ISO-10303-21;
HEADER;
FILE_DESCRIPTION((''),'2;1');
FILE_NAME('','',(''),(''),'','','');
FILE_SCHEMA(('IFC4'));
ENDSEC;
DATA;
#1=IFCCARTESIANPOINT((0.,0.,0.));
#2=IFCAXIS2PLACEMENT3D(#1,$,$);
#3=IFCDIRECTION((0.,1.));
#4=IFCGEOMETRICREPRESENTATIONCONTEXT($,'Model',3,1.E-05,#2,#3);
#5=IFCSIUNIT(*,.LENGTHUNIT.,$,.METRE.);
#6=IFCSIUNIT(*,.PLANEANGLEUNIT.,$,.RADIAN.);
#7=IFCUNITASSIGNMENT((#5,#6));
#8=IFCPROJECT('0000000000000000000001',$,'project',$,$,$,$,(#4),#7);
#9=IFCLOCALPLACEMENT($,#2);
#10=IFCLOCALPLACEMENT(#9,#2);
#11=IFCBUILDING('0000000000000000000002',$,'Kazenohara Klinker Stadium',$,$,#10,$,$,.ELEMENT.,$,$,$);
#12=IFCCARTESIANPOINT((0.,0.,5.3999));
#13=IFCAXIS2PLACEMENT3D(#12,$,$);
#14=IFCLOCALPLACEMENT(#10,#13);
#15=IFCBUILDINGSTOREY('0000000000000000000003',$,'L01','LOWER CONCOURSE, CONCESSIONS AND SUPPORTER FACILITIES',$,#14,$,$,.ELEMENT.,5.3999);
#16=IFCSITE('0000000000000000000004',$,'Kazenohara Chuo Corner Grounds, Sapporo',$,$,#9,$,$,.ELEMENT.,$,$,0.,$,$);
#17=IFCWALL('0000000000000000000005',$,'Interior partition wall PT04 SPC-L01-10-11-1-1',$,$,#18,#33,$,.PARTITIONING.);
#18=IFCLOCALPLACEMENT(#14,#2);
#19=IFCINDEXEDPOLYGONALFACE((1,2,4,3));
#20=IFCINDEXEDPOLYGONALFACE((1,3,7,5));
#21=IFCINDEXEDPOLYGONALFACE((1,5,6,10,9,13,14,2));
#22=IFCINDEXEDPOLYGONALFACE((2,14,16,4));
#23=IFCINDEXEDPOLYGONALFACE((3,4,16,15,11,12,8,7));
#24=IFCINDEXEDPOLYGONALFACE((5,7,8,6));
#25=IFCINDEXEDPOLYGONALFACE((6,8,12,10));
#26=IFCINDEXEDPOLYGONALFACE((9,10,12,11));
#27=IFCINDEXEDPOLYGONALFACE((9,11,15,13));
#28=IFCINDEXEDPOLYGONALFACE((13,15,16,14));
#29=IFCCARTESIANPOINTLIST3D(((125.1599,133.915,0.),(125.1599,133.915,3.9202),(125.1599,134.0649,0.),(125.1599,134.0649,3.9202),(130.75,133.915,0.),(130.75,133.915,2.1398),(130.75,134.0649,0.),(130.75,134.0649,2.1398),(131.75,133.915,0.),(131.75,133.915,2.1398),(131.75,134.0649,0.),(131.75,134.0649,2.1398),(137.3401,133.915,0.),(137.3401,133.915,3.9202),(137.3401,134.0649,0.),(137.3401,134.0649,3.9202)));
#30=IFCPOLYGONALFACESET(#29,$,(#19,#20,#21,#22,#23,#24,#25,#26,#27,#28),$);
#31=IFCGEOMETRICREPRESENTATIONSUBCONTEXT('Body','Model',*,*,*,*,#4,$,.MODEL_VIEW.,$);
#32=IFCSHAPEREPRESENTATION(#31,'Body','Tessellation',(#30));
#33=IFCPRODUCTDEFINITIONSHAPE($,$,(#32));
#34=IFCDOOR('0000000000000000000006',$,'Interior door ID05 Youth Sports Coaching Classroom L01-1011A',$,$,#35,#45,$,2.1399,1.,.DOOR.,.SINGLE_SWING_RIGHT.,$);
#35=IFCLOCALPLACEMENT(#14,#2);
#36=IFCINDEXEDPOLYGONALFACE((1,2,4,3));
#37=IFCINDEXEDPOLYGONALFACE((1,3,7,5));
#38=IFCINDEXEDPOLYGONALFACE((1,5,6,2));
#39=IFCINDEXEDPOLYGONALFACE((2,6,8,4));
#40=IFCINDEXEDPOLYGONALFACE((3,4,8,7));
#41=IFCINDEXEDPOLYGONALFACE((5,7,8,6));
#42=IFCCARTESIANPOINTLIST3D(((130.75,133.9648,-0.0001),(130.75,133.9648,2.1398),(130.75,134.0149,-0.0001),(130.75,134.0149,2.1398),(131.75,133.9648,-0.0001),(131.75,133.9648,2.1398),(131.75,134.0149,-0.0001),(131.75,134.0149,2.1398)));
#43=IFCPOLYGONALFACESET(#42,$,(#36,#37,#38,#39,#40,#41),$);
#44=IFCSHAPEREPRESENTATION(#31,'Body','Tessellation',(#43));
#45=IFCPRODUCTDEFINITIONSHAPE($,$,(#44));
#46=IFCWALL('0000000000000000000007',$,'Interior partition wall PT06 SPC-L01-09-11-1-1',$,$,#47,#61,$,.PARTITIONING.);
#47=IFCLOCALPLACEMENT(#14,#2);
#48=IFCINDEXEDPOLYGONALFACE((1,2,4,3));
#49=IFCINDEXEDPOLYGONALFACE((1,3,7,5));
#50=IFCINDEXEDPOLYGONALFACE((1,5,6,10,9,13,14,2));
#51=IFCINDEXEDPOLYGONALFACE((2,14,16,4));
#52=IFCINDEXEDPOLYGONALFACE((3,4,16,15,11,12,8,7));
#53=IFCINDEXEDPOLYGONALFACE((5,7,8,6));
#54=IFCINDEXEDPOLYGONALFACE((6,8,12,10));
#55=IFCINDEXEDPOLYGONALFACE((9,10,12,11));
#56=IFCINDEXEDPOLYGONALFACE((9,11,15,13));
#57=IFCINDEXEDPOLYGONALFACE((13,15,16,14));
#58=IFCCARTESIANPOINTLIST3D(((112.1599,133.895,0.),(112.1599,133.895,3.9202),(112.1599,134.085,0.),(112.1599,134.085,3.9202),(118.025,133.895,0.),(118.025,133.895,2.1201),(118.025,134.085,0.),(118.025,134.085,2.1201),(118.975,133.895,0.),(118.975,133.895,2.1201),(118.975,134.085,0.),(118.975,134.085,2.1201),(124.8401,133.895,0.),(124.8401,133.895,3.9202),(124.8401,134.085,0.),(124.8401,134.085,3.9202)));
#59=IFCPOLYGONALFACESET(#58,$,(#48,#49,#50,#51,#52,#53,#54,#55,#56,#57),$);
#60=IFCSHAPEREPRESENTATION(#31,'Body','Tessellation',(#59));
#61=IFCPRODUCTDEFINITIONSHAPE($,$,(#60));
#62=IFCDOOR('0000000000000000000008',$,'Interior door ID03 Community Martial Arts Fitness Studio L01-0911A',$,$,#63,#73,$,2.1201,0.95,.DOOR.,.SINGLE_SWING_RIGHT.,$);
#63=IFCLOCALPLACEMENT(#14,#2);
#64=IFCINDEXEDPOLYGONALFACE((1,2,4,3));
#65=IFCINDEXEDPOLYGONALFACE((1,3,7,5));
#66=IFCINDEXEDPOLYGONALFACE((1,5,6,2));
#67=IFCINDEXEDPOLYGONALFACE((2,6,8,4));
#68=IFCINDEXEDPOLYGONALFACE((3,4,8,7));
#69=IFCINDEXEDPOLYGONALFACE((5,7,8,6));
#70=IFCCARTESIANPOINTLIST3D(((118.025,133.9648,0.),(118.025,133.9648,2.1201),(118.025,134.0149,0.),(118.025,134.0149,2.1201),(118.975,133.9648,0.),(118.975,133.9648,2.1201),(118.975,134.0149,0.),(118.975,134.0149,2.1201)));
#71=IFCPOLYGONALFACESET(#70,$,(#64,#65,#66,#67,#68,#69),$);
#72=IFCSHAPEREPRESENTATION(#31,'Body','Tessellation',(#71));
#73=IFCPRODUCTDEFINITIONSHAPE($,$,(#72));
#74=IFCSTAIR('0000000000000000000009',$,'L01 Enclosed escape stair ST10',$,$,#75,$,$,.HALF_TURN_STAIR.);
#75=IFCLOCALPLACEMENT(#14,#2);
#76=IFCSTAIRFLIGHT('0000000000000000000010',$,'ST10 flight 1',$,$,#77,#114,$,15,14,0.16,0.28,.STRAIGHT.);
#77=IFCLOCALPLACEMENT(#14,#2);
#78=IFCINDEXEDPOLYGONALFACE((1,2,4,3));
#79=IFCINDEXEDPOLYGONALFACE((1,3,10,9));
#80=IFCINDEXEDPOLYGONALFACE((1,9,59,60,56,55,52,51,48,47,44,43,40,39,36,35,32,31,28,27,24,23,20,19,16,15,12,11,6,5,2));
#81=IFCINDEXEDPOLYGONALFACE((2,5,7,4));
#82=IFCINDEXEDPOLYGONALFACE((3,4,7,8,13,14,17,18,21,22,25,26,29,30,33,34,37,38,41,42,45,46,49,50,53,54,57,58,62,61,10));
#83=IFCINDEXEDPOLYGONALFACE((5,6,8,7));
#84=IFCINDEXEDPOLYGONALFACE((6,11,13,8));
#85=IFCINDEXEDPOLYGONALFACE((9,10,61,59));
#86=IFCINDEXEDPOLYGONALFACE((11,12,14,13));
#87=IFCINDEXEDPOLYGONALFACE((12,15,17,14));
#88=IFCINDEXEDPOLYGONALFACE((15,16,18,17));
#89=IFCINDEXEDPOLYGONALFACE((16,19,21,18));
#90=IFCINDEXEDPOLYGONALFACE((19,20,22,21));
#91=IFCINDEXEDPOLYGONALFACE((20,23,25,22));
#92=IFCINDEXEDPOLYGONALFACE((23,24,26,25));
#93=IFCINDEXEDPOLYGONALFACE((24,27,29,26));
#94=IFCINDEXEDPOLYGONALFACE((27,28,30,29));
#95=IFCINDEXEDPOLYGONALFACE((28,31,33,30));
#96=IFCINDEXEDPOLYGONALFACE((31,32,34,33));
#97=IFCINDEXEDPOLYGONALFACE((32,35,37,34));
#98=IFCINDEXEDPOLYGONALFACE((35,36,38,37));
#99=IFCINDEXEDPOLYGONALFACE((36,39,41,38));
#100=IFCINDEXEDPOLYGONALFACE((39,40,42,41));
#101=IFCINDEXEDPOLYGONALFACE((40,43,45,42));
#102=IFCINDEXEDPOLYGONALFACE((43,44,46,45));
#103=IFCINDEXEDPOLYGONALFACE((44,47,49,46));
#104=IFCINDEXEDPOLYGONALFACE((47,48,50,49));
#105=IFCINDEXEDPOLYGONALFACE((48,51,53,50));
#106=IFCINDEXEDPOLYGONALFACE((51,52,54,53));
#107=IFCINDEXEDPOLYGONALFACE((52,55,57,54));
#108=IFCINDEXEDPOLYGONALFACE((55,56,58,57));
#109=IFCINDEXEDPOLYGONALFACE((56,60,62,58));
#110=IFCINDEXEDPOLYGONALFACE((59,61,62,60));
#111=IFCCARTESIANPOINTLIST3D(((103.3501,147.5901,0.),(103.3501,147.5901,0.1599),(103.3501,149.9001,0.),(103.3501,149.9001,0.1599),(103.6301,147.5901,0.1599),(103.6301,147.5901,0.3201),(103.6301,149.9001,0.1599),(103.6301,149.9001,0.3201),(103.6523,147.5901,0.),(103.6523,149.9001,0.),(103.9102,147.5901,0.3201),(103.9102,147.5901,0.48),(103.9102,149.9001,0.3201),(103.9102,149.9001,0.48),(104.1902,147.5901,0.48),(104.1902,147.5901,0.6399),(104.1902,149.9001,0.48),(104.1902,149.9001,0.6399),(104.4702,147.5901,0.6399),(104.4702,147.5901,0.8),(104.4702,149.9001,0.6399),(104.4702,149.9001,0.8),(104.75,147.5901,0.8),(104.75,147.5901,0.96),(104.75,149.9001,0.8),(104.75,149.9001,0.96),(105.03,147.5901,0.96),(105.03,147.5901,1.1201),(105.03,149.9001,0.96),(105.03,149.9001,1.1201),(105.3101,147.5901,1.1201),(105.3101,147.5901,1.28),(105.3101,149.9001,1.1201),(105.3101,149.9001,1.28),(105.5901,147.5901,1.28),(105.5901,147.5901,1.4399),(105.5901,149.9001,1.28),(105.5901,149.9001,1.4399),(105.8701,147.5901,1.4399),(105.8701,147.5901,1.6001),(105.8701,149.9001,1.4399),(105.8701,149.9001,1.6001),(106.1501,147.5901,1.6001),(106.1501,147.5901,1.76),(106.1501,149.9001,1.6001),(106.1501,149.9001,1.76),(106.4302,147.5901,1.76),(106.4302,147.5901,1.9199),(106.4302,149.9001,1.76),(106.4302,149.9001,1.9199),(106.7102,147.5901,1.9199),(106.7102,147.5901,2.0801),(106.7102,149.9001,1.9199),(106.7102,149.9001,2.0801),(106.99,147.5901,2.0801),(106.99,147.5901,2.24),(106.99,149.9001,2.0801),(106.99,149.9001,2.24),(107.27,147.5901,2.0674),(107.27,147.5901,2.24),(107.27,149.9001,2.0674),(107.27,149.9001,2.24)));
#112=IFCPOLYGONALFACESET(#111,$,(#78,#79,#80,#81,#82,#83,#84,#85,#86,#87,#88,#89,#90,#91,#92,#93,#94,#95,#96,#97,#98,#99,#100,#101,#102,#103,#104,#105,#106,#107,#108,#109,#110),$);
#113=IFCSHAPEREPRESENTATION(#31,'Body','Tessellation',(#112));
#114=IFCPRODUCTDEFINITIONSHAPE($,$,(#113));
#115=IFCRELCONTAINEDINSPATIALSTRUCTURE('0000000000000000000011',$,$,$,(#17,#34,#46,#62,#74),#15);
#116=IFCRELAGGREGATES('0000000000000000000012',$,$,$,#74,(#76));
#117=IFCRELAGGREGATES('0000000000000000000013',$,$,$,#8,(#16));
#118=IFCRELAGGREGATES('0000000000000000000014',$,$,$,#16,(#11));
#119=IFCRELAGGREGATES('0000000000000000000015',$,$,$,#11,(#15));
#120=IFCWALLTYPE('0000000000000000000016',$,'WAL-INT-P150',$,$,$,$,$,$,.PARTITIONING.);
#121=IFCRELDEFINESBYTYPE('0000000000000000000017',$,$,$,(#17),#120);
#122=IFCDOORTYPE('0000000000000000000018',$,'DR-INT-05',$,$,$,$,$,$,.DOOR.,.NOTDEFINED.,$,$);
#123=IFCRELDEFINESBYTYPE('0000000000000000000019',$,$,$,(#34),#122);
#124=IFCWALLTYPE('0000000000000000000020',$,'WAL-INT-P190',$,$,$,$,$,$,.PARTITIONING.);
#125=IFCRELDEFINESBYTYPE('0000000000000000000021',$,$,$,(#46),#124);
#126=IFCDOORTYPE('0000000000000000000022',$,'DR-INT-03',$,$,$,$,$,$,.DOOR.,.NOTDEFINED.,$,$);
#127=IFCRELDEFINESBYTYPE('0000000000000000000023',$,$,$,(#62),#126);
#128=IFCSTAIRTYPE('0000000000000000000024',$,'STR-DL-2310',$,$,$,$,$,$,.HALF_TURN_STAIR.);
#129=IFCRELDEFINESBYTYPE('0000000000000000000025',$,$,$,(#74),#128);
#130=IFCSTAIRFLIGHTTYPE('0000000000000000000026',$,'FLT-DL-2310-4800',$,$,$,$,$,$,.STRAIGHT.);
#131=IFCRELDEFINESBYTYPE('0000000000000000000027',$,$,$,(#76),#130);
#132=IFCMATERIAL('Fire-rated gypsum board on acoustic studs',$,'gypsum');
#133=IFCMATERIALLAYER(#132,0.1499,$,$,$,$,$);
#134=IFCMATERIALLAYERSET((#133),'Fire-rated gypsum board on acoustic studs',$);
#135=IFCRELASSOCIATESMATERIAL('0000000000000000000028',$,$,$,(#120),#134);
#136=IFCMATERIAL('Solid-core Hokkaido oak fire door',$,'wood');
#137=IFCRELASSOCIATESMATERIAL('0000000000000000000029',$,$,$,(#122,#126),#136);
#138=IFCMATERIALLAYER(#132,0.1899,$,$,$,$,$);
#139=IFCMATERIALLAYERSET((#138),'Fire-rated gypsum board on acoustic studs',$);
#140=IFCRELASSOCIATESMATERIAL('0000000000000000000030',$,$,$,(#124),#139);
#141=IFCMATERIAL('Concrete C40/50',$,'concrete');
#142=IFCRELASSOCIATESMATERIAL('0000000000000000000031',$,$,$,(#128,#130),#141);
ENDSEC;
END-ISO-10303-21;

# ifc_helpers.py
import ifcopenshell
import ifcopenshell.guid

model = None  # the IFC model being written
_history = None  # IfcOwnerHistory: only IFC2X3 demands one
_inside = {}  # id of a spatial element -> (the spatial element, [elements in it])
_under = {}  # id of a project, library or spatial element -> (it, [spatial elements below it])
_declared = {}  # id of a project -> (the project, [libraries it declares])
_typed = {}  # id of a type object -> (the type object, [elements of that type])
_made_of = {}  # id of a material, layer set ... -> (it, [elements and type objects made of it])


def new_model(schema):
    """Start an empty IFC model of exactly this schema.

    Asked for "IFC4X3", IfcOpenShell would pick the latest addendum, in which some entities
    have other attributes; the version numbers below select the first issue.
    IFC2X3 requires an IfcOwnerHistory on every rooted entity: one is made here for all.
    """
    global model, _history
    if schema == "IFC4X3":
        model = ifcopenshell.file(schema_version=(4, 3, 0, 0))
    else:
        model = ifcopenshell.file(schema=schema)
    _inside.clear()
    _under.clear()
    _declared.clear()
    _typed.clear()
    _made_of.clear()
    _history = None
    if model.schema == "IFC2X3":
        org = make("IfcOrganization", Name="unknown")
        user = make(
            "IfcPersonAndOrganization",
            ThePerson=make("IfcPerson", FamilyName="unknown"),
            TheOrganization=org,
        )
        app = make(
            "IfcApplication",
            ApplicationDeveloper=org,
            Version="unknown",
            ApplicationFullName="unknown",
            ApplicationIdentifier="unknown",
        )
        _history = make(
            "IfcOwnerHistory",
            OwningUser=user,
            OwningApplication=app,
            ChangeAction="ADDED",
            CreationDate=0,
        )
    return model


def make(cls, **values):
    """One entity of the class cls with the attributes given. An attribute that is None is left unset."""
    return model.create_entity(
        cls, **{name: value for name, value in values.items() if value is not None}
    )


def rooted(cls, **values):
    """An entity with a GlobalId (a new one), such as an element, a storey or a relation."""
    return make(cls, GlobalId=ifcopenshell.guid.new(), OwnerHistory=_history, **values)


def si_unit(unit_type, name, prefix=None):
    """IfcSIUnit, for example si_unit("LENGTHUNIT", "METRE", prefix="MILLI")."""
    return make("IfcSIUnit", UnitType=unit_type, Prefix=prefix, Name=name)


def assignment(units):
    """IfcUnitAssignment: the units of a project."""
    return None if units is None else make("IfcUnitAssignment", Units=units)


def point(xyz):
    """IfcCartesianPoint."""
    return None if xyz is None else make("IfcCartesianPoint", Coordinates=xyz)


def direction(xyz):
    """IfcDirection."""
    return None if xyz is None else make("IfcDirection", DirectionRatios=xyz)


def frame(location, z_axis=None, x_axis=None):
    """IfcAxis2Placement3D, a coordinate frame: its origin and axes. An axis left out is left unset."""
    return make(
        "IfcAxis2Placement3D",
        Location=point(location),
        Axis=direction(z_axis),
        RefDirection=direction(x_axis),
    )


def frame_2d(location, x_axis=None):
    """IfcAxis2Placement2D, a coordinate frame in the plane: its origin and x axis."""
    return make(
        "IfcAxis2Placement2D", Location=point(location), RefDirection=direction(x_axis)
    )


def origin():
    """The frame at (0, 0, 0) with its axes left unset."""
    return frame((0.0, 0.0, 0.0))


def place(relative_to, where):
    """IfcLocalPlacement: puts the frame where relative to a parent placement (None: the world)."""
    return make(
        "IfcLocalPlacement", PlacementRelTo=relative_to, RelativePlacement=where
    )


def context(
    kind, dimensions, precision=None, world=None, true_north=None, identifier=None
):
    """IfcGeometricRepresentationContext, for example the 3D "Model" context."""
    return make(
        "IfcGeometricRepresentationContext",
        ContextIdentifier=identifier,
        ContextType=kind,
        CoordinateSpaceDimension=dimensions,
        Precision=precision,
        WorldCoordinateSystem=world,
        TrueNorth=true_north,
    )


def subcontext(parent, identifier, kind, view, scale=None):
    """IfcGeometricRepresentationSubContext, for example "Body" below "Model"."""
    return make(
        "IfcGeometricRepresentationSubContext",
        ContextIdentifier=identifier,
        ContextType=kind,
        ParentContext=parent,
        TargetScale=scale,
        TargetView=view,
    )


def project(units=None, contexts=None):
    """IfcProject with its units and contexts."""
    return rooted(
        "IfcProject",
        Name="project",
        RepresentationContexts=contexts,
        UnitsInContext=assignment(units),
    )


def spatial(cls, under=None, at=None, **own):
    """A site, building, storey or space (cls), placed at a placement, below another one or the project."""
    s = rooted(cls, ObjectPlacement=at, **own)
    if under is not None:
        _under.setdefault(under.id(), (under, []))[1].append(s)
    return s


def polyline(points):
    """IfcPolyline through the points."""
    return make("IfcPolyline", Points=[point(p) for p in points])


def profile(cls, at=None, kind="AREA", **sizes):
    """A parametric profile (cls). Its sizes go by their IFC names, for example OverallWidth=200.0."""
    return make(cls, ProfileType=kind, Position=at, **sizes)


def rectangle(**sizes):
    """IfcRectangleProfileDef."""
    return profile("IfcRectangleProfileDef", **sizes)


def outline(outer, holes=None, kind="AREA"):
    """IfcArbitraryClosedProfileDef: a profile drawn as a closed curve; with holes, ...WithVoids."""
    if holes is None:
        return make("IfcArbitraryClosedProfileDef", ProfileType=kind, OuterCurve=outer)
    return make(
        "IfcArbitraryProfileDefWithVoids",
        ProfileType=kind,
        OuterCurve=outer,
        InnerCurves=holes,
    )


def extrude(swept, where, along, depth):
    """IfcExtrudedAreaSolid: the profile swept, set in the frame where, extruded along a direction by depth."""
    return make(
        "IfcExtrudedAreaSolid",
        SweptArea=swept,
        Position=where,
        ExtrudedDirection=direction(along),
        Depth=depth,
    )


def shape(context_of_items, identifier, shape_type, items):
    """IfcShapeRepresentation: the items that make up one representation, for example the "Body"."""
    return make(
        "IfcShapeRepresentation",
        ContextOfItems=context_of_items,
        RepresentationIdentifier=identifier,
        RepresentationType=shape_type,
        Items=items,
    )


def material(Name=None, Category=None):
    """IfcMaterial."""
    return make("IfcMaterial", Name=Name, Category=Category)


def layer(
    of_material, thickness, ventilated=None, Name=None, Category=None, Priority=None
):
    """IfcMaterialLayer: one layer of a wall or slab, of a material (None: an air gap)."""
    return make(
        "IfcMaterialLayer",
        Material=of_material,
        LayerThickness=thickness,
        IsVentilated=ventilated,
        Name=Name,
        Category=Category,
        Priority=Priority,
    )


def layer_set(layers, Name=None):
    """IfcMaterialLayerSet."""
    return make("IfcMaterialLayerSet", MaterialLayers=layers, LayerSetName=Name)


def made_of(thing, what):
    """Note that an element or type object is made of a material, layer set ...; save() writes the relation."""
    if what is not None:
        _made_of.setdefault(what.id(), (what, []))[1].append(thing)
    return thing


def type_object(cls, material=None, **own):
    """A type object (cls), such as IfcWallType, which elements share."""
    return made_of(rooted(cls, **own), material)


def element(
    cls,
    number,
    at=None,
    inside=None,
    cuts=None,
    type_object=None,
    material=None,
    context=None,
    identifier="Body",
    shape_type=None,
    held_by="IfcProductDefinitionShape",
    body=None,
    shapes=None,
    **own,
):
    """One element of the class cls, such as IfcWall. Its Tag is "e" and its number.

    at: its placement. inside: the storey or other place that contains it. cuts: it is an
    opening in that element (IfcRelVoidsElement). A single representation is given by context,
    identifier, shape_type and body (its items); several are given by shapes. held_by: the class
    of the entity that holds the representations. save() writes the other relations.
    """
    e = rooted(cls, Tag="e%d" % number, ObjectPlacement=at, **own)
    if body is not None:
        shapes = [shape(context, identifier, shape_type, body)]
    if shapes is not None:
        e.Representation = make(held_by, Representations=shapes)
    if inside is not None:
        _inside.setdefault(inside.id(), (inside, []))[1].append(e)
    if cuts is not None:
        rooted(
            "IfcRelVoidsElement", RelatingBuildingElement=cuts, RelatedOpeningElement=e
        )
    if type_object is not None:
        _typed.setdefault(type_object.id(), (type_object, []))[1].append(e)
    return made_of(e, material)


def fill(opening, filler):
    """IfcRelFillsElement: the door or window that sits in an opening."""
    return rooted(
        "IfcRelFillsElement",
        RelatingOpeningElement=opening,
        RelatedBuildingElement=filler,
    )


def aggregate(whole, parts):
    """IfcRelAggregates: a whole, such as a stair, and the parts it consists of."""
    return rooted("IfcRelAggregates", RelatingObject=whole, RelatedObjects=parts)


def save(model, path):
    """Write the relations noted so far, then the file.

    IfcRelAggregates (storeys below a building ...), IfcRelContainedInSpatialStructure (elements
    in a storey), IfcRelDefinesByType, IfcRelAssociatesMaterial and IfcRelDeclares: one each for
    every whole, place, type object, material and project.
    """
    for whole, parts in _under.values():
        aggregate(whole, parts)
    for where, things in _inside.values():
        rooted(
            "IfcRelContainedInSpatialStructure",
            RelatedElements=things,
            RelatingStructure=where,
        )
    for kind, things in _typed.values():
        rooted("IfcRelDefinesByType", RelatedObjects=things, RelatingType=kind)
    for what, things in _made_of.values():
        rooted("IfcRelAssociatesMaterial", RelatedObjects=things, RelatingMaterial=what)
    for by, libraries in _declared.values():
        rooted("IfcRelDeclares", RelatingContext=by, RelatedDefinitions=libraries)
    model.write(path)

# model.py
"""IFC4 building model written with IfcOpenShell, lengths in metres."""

from ifc_helpers import new_model, si_unit, direction, frame, frame_2d, origin, place, context, subcontext, project, spatial, polyline, rectangle, outline, extrude, material, layer, layer_set, type_object, element, fill, aggregate, save


model = new_model("IFC4")

# Units and contexts
model_context = context("Model", 3, precision=1e-05, world=origin(), true_north=direction((0.0, 1.0)))
body_context = subcontext(model_context, "Body", "Model", "MODEL_VIEW")
ifc_project = project(units=[si_unit("LENGTHUNIT", "METRE"), si_unit("PLANEANGLEUNIT", "RADIAN")], contexts=[model_context])

# Site, building, storey
site_placement = place(None, origin())
site = spatial("IfcSite", under=ifc_project, at=site_placement, Name="Kazenohara Chuo Corner Grounds, Sapporo", CompositionType="ELEMENT", RefElevation=0.0)
building_placement = place(site_placement, origin())
building = spatial("IfcBuilding", under=site, at=building_placement, Name="Kazenohara Klinker Stadium", CompositionType="ELEMENT")
storey_placement = place(building_placement, frame((0.0, 0.0, 5.3999)))
storey = spatial("IfcBuildingStorey", under=building, at=storey_placement, Name="L01", Description="LOWER CONCOURSE, CONCESSIONS AND SUPPORTER FACILITIES", CompositionType="ELEMENT", Elevation=5.3999)

# Shared definitions
ifc_material_1 = material(Name="Concrete C40/50", Category="concrete")

# Walls, openings, doors
ifc_material_2 = material(Name="Fire-rated gypsum board on acoustic studs", Category="gypsum")
ifc_layer_1 = layer(ifc_material_2, 0.1499)
ifc_layer_set_1 = layer_set([ifc_layer_1], Name="Fire-rated gypsum board on acoustic studs")
wall_type_1 = type_object("IfcWallType", Name="WAL-INT-P150", PredefinedType="PARTITIONING", material=ifc_layer_set_1)
wall_1_placement = place(storey_placement, frame((125.1599, 133.99, 0.0), z_axis=(0.0, 0.0, 1.0), x_axis=(1.0, 0.0, 0.0)))
wall_1 = element("IfcWall", 1, at=wall_1_placement, inside=storey, type_object=wall_type_1, Name="Interior partition wall PT04 SPC-L01-10-11-1-1", PredefinedType="PARTITIONING", context=body_context, shape_type="SweptSolid", body=[
    extrude(rectangle(XDim=12.1802, YDim=0.1499, at=frame_2d((6.0901, 0.0))), origin(), (0.0, 0.0, 1.0), 3.9202),
])
opening_1_placement = place(wall_1_placement, frame((5.5901, 0.0, 0.0)))
opening_1 = element("IfcOpeningElement", 2, at=opening_1_placement, cuts=wall_1, PredefinedType="OPENING", context=body_context, shape_type="SweptSolid", body=[
    extrude(rectangle(XDim=1.0, YDim=2.1399, at=frame_2d((0.5, 1.0698))), frame((0.0, 0.085, 0.0), z_axis=(0.0, -1.0, 0.0), x_axis=(1.0, 0.0, 0.0)), (0.0, 0.0, 1.0), 0.1699),
])
ifc_material_3 = material(Name="Solid-core Hokkaido oak fire door", Category="wood")
door_type_1 = type_object("IfcDoorType", Name="DR-INT-05", OperationType="NOTDEFINED", PredefinedType="DOOR", material=ifc_material_3)
door_1_placement = place(opening_1_placement, origin())
door_1 = element("IfcDoor", 3, at=door_1_placement, inside=storey, type_object=door_type_1, Name="Interior door ID05 Youth Sports Coaching Classroom L01-1011A", OperationType="SINGLE_SWING_RIGHT", OverallHeight=2.1399, OverallWidth=1.0, PredefinedType="DOOR", context=body_context, shape_type="SweptSolid", body=[
    extrude(rectangle(XDim=1.0, YDim=2.1399, at=frame_2d((0.5, 1.0698))), frame((0.0, 0.0249, 0.0), z_axis=(0.0, -1.0, 0.0), x_axis=(1.0, 0.0, 0.0)), (0.0, 0.0, 1.0), 0.05),
])
fill(opening_1, door_1)
ifc_layer_2 = layer(ifc_material_2, 0.1899)
ifc_layer_set_2 = layer_set([ifc_layer_2], Name="Fire-rated gypsum board on acoustic studs")
wall_type_2 = type_object("IfcWallType", Name="WAL-INT-P190", PredefinedType="PARTITIONING", material=ifc_layer_set_2)
wall_2_placement = place(storey_placement, frame((112.1599, 133.99, 0.0), z_axis=(0.0, 0.0, 1.0), x_axis=(1.0, 0.0, 0.0)))
wall_2 = element("IfcWall", 4, at=wall_2_placement, inside=storey, type_object=wall_type_2, Name="Interior partition wall PT06 SPC-L01-09-11-1-1", PredefinedType="PARTITIONING", context=body_context, shape_type="SweptSolid", body=[
    extrude(rectangle(XDim=12.6802, YDim=0.1899, at=frame_2d((6.3401, 0.0))), origin(), (0.0, 0.0, 1.0), 3.9202),
])
opening_2_placement = place(wall_2_placement, frame((5.865, 0.0, 0.0)))
opening_2 = element("IfcOpeningElement", 5, at=opening_2_placement, cuts=wall_2, PredefinedType="OPENING", context=body_context, shape_type="SweptSolid", body=[
    extrude(rectangle(XDim=0.95, YDim=2.1201, at=frame_2d((0.4751, 1.0601))), frame((0.0, 0.105, 0.0), z_axis=(0.0, -1.0, 0.0), x_axis=(1.0, 0.0, 0.0)), (0.0, 0.0, 1.0), 0.21),
])
door_type_2 = type_object("IfcDoorType", Name="DR-INT-03", OperationType="NOTDEFINED", PredefinedType="DOOR", material=ifc_material_3)
door_2_placement = place(opening_2_placement, origin())
door_2 = element("IfcDoor", 6, at=door_2_placement, inside=storey, type_object=door_type_2, Name="Interior door ID03 Community Martial Arts Fitness Studio L01-0911A", OperationType="SINGLE_SWING_RIGHT", OverallHeight=2.1201, OverallWidth=0.95, PredefinedType="DOOR", context=body_context, shape_type="SweptSolid", body=[
    extrude(rectangle(XDim=0.95, YDim=2.1201, at=frame_2d((0.4751, 1.0601))), frame((0.0, 0.0249, 0.0), z_axis=(0.0, -1.0, 0.0), x_axis=(1.0, 0.0, 0.0)), (0.0, 0.0, 1.0), 0.05),
])
fill(opening_2, door_2)

# Stair, stair flight
stair_type = type_object("IfcStairType", Name="STR-DL-2310", PredefinedType="HALF_TURN_STAIR", material=ifc_material_1)
stair_placement = place(storey_placement, origin())
stair = element("IfcStair", 7, at=stair_placement, inside=storey, type_object=stair_type, Name="L01 Enclosed escape stair ST10", PredefinedType="HALF_TURN_STAIR")
stair_flight_type = type_object("IfcStairFlightType", Name="FLT-DL-2310-4800", PredefinedType="STRAIGHT", material=ifc_material_1)
stair_flight_placement = place(storey_placement, frame((103.3501, 148.7451, 0.0), z_axis=(0.0, 0.0, 1.0), x_axis=(1.0, 0.0, 0.0)))
stair_flight = element("IfcStairFlight", 8, at=stair_flight_placement, type_object=stair_flight_type, Name="ST10 flight 1", NumberOfRisers=15, NumberOfTreads=14, PredefinedType="STRAIGHT", RiserHeight=0.16, TreadLength=0.28, context=body_context, shape_type="SweptSolid", body=[
    extrude(outline(polyline([(0.0, 0.0), (0.0, 0.1599), (0.28, 0.1599), (0.28, 0.3201), (0.5601, 0.3201), (0.5601, 0.48), (0.8401, 0.48), (0.8401, 0.6399), (1.1201, 0.6399), (1.1201, 0.8), (1.3999, 0.8), (1.3999, 0.96), (1.6799, 0.96), (1.6799, 1.1201), (1.96, 1.1201), (1.96, 1.28), (2.24, 1.28), (2.24, 1.4399), (2.52, 1.4399), (2.52, 1.6001), (2.8, 1.6001), (2.8, 1.76), (3.0801, 1.76), (3.0801, 1.9199), (3.3601, 1.9199), (3.3601, 2.0801), (3.6399, 2.0801), (3.6399, 2.24), (3.9199, 2.24), (3.9199, 2.3999), (3.9199, 2.0674), (0.3022, 0.0), (0.0, 0.0)])), frame((0.0, 1.155, 0.0), z_axis=(0.0, -1.0, 0.0), x_axis=(1.0, 0.0, 0.0)), (0.0, 0.0, 1.0), 2.3101),
])
aggregate(stair, [stair_flight])

save(model, "model.ifc")
